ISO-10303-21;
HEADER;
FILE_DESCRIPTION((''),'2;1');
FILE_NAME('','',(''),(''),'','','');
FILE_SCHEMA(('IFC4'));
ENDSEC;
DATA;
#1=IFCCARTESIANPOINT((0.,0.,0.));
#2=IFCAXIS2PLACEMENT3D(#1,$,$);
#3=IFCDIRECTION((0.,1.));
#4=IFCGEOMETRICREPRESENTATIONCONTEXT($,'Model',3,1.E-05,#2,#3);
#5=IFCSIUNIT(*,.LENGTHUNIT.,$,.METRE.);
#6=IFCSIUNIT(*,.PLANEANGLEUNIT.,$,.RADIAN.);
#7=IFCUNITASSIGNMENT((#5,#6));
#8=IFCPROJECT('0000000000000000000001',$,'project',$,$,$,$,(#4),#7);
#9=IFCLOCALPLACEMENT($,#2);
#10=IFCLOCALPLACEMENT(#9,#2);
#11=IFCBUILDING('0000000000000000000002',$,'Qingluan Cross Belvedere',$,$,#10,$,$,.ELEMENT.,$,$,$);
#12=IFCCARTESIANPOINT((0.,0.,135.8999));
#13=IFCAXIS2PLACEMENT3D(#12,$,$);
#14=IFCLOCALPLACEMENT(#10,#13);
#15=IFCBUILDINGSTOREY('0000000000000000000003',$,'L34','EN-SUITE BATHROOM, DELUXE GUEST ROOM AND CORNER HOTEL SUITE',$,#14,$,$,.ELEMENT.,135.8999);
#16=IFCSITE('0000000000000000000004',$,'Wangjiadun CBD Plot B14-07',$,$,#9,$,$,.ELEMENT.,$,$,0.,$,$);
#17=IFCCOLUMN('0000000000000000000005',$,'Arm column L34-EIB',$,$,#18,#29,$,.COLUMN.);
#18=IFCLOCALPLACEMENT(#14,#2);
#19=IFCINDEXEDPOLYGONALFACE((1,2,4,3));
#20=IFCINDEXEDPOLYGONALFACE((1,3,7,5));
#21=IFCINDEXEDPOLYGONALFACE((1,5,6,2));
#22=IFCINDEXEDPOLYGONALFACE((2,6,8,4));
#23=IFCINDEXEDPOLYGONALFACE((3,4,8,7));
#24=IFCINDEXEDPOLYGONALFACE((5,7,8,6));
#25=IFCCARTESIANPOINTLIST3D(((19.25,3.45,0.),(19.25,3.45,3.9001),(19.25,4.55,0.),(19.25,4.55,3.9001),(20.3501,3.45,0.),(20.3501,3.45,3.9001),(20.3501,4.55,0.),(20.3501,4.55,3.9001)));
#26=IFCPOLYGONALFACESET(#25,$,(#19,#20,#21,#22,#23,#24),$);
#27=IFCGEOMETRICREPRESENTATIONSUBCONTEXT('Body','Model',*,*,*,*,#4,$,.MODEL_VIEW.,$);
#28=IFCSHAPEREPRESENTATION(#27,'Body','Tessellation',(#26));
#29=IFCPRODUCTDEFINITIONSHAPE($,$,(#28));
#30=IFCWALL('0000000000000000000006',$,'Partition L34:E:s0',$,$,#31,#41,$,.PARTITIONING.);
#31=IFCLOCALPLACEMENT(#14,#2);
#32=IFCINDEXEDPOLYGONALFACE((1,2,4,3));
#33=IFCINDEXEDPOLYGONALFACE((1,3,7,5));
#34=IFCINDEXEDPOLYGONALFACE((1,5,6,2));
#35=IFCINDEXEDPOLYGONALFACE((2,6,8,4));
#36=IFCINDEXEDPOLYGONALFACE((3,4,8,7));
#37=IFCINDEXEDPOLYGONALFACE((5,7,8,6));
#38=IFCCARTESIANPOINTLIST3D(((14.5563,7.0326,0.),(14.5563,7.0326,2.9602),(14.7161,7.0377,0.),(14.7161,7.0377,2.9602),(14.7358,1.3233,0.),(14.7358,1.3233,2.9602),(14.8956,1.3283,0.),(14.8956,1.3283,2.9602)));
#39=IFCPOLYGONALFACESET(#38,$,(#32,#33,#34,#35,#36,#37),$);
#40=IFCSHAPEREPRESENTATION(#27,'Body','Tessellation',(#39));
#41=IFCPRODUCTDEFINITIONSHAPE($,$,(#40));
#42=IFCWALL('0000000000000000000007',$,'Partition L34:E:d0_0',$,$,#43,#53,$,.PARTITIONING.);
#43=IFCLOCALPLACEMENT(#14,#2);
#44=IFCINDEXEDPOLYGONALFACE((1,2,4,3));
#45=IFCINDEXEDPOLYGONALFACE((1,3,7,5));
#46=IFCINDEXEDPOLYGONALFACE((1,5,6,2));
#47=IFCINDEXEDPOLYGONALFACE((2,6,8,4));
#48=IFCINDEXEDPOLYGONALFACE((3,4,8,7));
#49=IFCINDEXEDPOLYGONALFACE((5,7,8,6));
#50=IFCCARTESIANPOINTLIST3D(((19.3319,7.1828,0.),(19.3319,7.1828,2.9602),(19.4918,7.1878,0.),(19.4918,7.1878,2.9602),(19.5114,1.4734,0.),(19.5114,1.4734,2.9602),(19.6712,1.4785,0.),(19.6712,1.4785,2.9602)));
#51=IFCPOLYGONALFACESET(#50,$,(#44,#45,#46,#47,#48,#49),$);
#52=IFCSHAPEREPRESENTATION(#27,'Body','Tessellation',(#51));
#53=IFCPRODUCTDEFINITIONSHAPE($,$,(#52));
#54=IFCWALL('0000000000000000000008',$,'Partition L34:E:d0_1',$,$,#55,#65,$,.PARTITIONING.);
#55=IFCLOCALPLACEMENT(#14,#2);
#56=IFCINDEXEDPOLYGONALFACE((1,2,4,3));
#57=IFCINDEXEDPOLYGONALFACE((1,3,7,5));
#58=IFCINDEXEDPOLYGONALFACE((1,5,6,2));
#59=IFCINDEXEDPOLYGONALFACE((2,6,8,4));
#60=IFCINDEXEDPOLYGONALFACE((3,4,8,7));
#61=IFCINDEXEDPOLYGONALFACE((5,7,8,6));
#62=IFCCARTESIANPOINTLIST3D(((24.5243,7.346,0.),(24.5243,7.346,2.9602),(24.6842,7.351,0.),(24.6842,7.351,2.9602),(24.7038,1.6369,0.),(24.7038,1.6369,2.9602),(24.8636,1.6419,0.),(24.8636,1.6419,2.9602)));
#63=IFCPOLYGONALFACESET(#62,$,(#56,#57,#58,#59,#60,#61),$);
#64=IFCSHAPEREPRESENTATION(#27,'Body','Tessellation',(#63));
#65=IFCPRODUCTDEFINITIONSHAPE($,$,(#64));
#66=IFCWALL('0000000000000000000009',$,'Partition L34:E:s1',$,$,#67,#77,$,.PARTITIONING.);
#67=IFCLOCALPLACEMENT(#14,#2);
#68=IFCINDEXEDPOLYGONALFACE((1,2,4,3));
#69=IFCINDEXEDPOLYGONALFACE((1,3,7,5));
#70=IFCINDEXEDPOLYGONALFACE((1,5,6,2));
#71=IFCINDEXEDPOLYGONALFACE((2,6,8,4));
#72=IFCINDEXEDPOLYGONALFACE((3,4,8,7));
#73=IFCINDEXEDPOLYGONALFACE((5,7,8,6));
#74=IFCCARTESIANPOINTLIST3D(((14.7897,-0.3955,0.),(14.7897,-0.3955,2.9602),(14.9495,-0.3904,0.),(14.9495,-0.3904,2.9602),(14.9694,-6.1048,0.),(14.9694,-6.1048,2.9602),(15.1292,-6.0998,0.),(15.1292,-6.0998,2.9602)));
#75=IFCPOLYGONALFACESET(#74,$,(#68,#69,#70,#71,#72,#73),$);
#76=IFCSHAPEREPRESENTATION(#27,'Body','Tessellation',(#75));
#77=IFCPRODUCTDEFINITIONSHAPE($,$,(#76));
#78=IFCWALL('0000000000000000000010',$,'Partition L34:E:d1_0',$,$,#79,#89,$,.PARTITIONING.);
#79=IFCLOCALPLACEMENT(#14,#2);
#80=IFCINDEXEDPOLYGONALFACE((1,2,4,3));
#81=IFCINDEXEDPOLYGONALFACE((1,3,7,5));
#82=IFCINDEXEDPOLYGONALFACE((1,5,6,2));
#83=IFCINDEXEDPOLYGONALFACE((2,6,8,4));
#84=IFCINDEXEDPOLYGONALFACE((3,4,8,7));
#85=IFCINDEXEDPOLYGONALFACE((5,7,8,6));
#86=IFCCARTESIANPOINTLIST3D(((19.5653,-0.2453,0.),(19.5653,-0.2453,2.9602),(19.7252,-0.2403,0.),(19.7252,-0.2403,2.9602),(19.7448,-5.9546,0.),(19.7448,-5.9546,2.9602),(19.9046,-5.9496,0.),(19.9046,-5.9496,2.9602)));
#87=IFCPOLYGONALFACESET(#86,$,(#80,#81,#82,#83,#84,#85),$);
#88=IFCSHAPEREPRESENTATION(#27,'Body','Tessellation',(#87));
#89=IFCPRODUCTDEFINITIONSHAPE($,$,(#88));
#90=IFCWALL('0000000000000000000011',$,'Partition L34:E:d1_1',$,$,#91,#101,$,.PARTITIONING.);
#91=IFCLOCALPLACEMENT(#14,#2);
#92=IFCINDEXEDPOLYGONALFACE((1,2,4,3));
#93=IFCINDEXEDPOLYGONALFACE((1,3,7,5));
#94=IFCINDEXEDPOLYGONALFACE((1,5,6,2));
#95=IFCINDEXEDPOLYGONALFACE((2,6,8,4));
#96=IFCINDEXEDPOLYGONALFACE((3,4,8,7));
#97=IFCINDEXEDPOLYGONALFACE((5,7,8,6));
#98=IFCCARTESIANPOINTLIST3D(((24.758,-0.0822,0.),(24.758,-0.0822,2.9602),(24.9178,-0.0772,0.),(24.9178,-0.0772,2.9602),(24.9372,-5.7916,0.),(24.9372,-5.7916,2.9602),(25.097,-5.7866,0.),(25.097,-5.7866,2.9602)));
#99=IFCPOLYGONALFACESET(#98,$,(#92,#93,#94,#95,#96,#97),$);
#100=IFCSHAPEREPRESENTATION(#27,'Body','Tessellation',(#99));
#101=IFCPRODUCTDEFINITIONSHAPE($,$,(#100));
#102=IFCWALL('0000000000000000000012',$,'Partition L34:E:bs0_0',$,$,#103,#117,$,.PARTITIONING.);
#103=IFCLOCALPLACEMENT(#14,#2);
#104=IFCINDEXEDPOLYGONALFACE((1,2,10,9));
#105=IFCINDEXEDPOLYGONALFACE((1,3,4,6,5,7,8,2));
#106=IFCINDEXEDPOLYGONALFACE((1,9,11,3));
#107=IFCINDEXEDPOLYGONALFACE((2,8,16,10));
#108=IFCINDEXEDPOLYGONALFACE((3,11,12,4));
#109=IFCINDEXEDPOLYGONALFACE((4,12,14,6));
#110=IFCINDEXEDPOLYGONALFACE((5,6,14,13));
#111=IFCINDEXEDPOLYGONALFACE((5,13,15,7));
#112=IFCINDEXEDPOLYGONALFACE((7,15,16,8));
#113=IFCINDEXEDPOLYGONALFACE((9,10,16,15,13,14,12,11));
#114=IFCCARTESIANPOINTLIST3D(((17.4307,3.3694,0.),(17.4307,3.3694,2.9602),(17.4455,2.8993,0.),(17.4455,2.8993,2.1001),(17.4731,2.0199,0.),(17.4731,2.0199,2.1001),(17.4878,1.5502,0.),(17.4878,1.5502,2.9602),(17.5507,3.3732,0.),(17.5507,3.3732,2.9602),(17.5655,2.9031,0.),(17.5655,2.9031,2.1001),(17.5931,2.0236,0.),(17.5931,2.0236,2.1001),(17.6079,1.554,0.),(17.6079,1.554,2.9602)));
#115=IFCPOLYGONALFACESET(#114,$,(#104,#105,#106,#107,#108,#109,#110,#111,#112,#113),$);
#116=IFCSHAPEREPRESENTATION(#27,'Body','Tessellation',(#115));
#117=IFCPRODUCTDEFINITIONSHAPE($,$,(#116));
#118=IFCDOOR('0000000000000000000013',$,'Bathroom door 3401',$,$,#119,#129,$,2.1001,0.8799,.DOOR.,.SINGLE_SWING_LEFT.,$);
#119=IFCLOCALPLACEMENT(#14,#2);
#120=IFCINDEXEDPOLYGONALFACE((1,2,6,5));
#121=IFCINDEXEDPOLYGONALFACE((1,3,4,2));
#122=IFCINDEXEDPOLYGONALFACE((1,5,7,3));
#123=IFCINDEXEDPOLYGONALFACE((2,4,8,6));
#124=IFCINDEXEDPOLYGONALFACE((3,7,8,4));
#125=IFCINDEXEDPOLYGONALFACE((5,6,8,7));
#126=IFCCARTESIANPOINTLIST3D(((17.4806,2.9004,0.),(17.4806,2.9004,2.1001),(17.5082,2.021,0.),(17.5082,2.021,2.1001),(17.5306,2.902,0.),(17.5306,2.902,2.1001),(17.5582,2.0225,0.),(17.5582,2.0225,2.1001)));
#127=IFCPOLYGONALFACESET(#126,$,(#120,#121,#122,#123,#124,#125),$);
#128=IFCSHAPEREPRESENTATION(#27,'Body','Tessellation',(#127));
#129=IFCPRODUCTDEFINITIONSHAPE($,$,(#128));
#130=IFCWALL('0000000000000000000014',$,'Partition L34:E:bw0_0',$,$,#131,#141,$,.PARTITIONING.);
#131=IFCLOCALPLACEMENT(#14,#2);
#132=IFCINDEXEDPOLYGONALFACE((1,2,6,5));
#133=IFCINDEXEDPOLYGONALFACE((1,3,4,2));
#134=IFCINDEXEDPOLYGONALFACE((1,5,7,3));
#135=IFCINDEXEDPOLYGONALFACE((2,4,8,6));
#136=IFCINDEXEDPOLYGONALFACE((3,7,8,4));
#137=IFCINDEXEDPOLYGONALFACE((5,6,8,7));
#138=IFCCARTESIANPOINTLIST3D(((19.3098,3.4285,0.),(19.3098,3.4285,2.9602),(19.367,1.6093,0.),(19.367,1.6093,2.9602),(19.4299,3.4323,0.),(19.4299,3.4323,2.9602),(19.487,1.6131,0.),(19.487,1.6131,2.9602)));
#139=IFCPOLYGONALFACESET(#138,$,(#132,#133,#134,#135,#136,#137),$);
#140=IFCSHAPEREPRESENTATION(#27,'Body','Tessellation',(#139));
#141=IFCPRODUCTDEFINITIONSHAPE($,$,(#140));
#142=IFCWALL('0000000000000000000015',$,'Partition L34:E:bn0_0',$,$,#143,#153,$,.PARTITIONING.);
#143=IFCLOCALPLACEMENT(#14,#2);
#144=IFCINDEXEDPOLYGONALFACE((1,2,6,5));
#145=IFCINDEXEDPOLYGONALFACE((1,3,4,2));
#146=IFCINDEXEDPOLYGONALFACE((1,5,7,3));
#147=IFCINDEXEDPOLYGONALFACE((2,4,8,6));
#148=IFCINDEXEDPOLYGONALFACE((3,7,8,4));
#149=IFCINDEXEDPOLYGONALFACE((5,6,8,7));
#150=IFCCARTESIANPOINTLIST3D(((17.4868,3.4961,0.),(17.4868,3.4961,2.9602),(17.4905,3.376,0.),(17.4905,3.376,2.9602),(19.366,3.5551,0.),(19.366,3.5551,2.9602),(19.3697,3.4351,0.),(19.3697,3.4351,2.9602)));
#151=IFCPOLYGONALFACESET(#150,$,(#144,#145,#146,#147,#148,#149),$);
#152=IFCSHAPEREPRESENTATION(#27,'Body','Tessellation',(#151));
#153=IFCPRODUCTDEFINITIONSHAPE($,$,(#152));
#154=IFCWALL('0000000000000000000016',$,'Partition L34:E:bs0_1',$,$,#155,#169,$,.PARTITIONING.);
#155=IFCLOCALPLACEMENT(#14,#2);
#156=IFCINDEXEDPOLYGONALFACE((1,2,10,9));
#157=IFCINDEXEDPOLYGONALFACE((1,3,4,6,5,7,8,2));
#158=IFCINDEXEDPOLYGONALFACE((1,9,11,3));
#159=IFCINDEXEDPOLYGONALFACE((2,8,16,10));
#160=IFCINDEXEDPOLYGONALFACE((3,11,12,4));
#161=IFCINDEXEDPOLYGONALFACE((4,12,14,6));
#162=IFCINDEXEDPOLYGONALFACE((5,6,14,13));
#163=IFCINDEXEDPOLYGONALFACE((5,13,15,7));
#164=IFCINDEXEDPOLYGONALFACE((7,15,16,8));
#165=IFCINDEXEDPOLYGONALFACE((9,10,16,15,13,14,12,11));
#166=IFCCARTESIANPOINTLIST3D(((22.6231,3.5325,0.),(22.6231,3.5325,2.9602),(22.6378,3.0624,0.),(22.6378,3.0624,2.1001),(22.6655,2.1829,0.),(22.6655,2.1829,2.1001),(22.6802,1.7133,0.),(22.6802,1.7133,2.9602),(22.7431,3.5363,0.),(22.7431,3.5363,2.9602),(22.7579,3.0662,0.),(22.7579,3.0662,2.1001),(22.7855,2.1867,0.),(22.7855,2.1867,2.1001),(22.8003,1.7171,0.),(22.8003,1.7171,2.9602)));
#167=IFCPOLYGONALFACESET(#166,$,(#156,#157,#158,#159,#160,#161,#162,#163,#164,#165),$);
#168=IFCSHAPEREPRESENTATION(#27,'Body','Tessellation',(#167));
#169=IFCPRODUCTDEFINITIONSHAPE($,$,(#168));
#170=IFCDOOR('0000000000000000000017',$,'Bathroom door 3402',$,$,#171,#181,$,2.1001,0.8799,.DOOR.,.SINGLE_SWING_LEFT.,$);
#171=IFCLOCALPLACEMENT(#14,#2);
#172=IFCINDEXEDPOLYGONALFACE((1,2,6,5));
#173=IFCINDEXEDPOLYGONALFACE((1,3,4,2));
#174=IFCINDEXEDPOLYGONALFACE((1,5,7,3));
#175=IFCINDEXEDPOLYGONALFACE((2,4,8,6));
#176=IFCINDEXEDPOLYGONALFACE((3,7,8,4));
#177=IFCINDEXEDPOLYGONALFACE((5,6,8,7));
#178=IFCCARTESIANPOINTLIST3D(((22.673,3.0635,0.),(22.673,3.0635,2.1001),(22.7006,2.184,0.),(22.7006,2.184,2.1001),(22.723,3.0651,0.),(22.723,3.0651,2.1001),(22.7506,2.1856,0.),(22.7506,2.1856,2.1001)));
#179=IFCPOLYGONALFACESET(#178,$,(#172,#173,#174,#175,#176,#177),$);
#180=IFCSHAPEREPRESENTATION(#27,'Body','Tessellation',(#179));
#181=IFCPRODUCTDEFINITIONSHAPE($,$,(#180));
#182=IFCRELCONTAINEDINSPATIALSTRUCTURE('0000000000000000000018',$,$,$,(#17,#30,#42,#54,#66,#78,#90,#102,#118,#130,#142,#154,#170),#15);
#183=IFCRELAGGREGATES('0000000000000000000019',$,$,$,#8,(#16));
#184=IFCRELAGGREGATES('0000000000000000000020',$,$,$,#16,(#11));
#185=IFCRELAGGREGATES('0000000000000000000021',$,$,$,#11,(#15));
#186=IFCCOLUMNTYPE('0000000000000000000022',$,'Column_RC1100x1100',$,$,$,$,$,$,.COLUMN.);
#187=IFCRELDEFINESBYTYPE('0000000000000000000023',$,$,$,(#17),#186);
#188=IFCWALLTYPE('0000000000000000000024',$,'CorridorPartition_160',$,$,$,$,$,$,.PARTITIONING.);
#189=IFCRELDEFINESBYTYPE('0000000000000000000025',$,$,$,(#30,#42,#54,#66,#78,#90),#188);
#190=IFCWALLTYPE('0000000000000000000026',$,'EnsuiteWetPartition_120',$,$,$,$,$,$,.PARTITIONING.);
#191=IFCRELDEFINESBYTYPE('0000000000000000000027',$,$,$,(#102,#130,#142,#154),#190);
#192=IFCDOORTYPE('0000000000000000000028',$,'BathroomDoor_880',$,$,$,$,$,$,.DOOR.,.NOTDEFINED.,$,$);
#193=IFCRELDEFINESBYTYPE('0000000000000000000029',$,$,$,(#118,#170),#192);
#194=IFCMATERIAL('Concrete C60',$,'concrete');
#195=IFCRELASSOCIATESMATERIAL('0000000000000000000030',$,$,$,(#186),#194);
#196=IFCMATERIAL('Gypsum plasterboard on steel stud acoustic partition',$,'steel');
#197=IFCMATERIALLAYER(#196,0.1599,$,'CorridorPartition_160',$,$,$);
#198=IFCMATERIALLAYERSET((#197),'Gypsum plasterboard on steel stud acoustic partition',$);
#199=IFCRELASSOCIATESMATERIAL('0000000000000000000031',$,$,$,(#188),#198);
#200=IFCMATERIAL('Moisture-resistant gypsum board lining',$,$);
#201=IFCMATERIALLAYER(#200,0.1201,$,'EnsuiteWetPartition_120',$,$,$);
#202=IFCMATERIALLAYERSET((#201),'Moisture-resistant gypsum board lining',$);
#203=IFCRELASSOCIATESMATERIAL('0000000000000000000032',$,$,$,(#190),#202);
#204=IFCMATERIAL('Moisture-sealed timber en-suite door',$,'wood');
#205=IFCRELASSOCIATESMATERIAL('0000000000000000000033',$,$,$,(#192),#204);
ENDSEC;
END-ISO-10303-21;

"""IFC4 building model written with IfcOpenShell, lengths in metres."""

from ifc_helpers import new_model, si_unit, direction, frame, frame_2d, origin, origin_2d, place, context, subcontext, project, spatial, rectangle, extrude, material, layer, layer_set, material_profile, profile_set, type_object, element, fill, save


model = new_model("IFC4")

# Units and contexts
model_context = context("Model", 3, precision=1e-05, world=origin(), true_north=direction((0.0, 1.0)))
body_context = subcontext(model_context, "Body", "Model", "MODEL_VIEW")
ifc_project = project(units=[si_unit("LENGTHUNIT", "METRE"), si_unit("PLANEANGLEUNIT", "RADIAN")], contexts=[model_context])

# Site, building, storey
site_placement = place(None, origin())
site = spatial("IfcSite", under=ifc_project, at=site_placement, Name="Wangjiadun CBD Plot B14-07", CompositionType="ELEMENT", RefElevation=0.0)
building_placement = place(site_placement, origin())
building = spatial("IfcBuilding", under=site, at=building_placement, Name="Qingluan Cross Belvedere", CompositionType="ELEMENT")
storey_placement = place(building_placement, frame((0.0, 0.0, 135.8999)))
storey = spatial("IfcBuildingStorey", under=building, at=storey_placement, Name="L34", Description="EN-SUITE BATHROOM, DELUXE GUEST ROOM AND CORNER HOTEL SUITE", CompositionType="ELEMENT", Elevation=135.8999)

# Column
ifc_material_1 = material(Name="Concrete C60", Category="concrete")
ifc_material_profile = material_profile(ifc_material_1, rectangle(XDim=1.1001, YDim=1.1001, at=origin_2d()), Name="RC1100x1100")
ifc_profile_set = profile_set([ifc_material_profile], Name="Concrete C60")
column_type = type_object("IfcColumnType", Name="Column_RC1100x1100", PredefinedType="COLUMN", material=ifc_profile_set)
column_placement = place(storey_placement, frame((19.8, 4.0, 0.0), z_axis=(0.0, 0.0, 1.0), x_axis=(1.0, 0.0, 0.0)))
element("IfcColumn", 1, at=column_placement, inside=storey, type_object=column_type, Name="Arm column L34-EIB", PredefinedType="COLUMN", context=body_context, shape_type="SweptSolid", body=[
    extrude(rectangle(XDim=1.1001, YDim=1.1001, at=origin_2d()), origin(), (0.0, 0.0, 1.0), 3.9001),
])

# Shared definitions
ifc_material_2 = material(Name="Gypsum plasterboard on steel stud acoustic partition", Category="steel")
ifc_layer_1 = layer(ifc_material_2, 0.1599, Name="CorridorPartition_160")
ifc_layer_set_1 = layer_set([ifc_layer_1], Name="Gypsum plasterboard on steel stud acoustic partition")
wall_type_1 = type_object("IfcWallType", Name="CorridorPartition_160", PredefinedType="PARTITIONING", material=ifc_layer_set_1)

# Walls
for number, where, z_axis, x_axis, name in (
    (2, (14.8157, 1.3259, 0.0), (0.0, 0.0, 1.0), (-0.031415, 0.999506, 0.0), "Partition L34:E:s0"),
    (3, (19.5913, 1.4761, 0.0), (0.0, 0.0, 1.0), (-0.031415, 0.999506, 0.0), "Partition L34:E:d0_0"),
):
    element("IfcWall", number, at=place(storey_placement, frame(where, z_axis=z_axis, x_axis=x_axis)), inside=storey, type_object=wall_type_1, Name=name, PredefinedType="PARTITIONING", context=body_context, shape_type="SweptSolid", body=[
        extrude(rectangle(XDim=5.7122, YDim=0.1599, at=frame_2d((2.856, 0.0))), origin(), (0.0, 0.0, 1.0), 2.9602),
    ])
wall_1_placement = place(storey_placement, frame((24.7837, 1.6394, 0.0), z_axis=(0.0, 0.0, 1.0), x_axis=(-0.031416, 0.999506, 0.0)))
element("IfcWall", 4, at=wall_1_placement, inside=storey, type_object=wall_type_1, Name="Partition L34:E:d0_1", PredefinedType="PARTITIONING", context=body_context, shape_type="SweptSolid", body=[
    extrude(rectangle(XDim=5.7119, YDim=0.1599, at=frame_2d((2.856, 0.0))), origin(), (0.0, 0.0, 1.0), 2.9602),
])
for number, where, z_axis, x_axis, name in (
    (5, (14.8696, -0.3931, 0.0), (0.0, 0.0, 1.0), (0.031458, -0.999505, 0.0), "Partition L34:E:s1"),
    (6, (19.6453, -0.2429, 0.0), (0.0, 0.0, 1.0), (0.031415, -0.999506, 0.0), "Partition L34:E:d1_0"),
    (7, (24.8379, -0.0798, 0.0), (0.0, 0.0, 1.0), (0.031372, -0.999508, 0.0), "Partition L34:E:d1_1"),
):
    element("IfcWall", number, at=place(storey_placement, frame(where, z_axis=z_axis, x_axis=x_axis)), inside=storey, type_object=wall_type_1, Name=name, PredefinedType="PARTITIONING", context=body_context, shape_type="SweptSolid", body=[
        extrude(rectangle(XDim=5.7122, YDim=0.1599, at=frame_2d((2.856, 0.0))), origin(), (0.0, 0.0, 1.0), 2.9602),
    ])

# Wall, opening, door
ifc_material_3 = material(Name="Moisture-resistant gypsum board lining")
ifc_layer_2 = layer(ifc_material_3, 0.1201, Name="EnsuiteWetPartition_120")
ifc_layer_set_2 = layer_set([ifc_layer_2], Name="Moisture-resistant gypsum board lining")
wall_type_2 = type_object("IfcWallType", Name="EnsuiteWetPartition_120", PredefinedType="PARTITIONING", material=ifc_layer_set_2)
wall_2_placement = place(storey_placement, frame((17.5479, 1.552, 0.0), z_axis=(0.0, 0.0, 1.0), x_axis=(-0.03139, 0.999507, 0.0)))
wall_2 = element("IfcWall", 8, at=wall_2_placement, inside=storey, type_object=wall_type_2, Name="Partition L34:E:bs0_0", PredefinedType="PARTITIONING", context=body_context, shape_type="SweptSolid", body=[
    extrude(rectangle(XDim=1.8201, YDim=0.1201, at=frame_2d((0.9102, 0.0))), origin(), (0.0, 0.0, 1.0), 2.9602),
])
opening_1_placement = place(wall_2_placement, frame((0.47, 0.0, 0.0)))
opening_1 = element("IfcOpeningElement", 9, at=opening_1_placement, cuts=wall_2, PredefinedType="OPENING", context=body_context, shape_type="SweptSolid", body=[
    extrude(rectangle(XDim=0.8799, YDim=2.1001, at=frame_2d((0.4399, 1.05))), frame((0.0, 0.0701, 0.0), z_axis=(0.0, -1.0, 0.0), x_axis=(1.0, 0.0, 0.0)), (0.0, 0.0, 1.0), 0.1401),
])
ifc_material_4 = material(Name="Moisture-sealed timber en-suite door", Category="wood")
door_type_1 = type_object("IfcDoorType", Name="BathroomDoor_880", OperationType="NOTDEFINED", PredefinedType="DOOR", material=ifc_material_4)
door_1_placement = place(opening_1_placement, origin())
door_1 = element("IfcDoor", 10, at=door_1_placement, inside=storey, type_object=door_type_1, Name="Bathroom door 3401", OperationType="SINGLE_SWING_LEFT", OverallHeight=2.1001, OverallWidth=0.8799, PredefinedType="DOOR", context=body_context, shape_type="SweptSolid", body=[
    extrude(rectangle(XDim=0.8799, YDim=2.1001, at=frame_2d((0.4399, 1.05))), frame((0.0, 0.0249, 0.0), z_axis=(0.0, -1.0, 0.0), x_axis=(1.0, 0.0, 0.0)), (0.0, 0.0, 1.0), 0.05),
])
fill(opening_1, door_1)

# Walls
wall_3_placement = place(storey_placement, frame((19.427, 1.6111, 0.0), z_axis=(0.0, 0.0, 1.0), x_axis=(-0.03139, 0.999507, 0.0)))
element("IfcWall", 11, at=wall_3_placement, inside=storey, type_object=wall_type_2, Name="Partition L34:E:bw0_0", PredefinedType="PARTITIONING", context=body_context, shape_type="SweptSolid", body=[
    extrude(rectangle(XDim=1.8201, YDim=0.1201, at=frame_2d((0.9102, 0.0))), origin(), (0.0, 0.0, 1.0), 2.9602),
])
wall_4_placement = place(storey_placement, frame((17.4888, 3.436, 0.0), z_axis=(0.0, 0.0, 1.0), x_axis=(0.999506, 0.031425, 0.0)))
element("IfcWall", 12, at=wall_4_placement, inside=storey, type_object=wall_type_2, Name="Partition L34:E:bn0_0", PredefinedType="PARTITIONING", context=body_context, shape_type="SweptSolid", body=[
    extrude(rectangle(XDim=1.8801, YDim=0.1201, at=frame_2d((0.9399, 0.0))), origin(), (0.0, 0.0, 1.0), 2.9602),
])

# Wall, opening, door
wall_5_placement = place(storey_placement, frame((22.7402, 1.7151, 0.0), z_axis=(0.0, 0.0, 1.0), x_axis=(-0.03139, 0.999507, 0.0)))
wall_5 = element("IfcWall", 13, at=wall_5_placement, inside=storey, type_object=wall_type_2, Name="Partition L34:E:bs0_1", PredefinedType="PARTITIONING", context=body_context, shape_type="SweptSolid", body=[
    extrude(rectangle(XDim=1.8201, YDim=0.1201, at=frame_2d((0.9102, 0.0))), origin(), (0.0, 0.0, 1.0), 2.9602),
])
opening_2_placement = place(wall_5_placement, frame((0.47, 0.0, 0.0)))
opening_2 = element("IfcOpeningElement", 14, at=opening_2_placement, cuts=wall_5, PredefinedType="OPENING", context=body_context, shape_type="SweptSolid", body=[
    extrude(rectangle(XDim=0.8799, YDim=2.1001, at=frame_2d((0.4399, 1.05))), frame((0.0, 0.0701, 0.0), z_axis=(0.0, -1.0, 0.0), x_axis=(1.0, 0.0, 0.0)), (0.0, 0.0, 1.0), 0.1401),
])
door_2_placement = place(opening_2_placement, origin())
door_2 = element("IfcDoor", 15, at=door_2_placement, inside=storey, type_object=door_type_1, Name="Bathroom door 3402", OperationType="SINGLE_SWING_LEFT", OverallHeight=2.1001, OverallWidth=0.8799, PredefinedType="DOOR", context=body_context, shape_type="SweptSolid", body=[
    extrude(rectangle(XDim=0.8799, YDim=2.1001, at=frame_2d((0.4399, 1.05))), frame((0.0, 0.0249, 0.0), z_axis=(0.0, -1.0, 0.0), x_axis=(1.0, 0.0, 0.0)), (0.0, 0.0, 1.0), 0.05),
])
fill(opening_2, door_2)

save(model, "model.ifc")
